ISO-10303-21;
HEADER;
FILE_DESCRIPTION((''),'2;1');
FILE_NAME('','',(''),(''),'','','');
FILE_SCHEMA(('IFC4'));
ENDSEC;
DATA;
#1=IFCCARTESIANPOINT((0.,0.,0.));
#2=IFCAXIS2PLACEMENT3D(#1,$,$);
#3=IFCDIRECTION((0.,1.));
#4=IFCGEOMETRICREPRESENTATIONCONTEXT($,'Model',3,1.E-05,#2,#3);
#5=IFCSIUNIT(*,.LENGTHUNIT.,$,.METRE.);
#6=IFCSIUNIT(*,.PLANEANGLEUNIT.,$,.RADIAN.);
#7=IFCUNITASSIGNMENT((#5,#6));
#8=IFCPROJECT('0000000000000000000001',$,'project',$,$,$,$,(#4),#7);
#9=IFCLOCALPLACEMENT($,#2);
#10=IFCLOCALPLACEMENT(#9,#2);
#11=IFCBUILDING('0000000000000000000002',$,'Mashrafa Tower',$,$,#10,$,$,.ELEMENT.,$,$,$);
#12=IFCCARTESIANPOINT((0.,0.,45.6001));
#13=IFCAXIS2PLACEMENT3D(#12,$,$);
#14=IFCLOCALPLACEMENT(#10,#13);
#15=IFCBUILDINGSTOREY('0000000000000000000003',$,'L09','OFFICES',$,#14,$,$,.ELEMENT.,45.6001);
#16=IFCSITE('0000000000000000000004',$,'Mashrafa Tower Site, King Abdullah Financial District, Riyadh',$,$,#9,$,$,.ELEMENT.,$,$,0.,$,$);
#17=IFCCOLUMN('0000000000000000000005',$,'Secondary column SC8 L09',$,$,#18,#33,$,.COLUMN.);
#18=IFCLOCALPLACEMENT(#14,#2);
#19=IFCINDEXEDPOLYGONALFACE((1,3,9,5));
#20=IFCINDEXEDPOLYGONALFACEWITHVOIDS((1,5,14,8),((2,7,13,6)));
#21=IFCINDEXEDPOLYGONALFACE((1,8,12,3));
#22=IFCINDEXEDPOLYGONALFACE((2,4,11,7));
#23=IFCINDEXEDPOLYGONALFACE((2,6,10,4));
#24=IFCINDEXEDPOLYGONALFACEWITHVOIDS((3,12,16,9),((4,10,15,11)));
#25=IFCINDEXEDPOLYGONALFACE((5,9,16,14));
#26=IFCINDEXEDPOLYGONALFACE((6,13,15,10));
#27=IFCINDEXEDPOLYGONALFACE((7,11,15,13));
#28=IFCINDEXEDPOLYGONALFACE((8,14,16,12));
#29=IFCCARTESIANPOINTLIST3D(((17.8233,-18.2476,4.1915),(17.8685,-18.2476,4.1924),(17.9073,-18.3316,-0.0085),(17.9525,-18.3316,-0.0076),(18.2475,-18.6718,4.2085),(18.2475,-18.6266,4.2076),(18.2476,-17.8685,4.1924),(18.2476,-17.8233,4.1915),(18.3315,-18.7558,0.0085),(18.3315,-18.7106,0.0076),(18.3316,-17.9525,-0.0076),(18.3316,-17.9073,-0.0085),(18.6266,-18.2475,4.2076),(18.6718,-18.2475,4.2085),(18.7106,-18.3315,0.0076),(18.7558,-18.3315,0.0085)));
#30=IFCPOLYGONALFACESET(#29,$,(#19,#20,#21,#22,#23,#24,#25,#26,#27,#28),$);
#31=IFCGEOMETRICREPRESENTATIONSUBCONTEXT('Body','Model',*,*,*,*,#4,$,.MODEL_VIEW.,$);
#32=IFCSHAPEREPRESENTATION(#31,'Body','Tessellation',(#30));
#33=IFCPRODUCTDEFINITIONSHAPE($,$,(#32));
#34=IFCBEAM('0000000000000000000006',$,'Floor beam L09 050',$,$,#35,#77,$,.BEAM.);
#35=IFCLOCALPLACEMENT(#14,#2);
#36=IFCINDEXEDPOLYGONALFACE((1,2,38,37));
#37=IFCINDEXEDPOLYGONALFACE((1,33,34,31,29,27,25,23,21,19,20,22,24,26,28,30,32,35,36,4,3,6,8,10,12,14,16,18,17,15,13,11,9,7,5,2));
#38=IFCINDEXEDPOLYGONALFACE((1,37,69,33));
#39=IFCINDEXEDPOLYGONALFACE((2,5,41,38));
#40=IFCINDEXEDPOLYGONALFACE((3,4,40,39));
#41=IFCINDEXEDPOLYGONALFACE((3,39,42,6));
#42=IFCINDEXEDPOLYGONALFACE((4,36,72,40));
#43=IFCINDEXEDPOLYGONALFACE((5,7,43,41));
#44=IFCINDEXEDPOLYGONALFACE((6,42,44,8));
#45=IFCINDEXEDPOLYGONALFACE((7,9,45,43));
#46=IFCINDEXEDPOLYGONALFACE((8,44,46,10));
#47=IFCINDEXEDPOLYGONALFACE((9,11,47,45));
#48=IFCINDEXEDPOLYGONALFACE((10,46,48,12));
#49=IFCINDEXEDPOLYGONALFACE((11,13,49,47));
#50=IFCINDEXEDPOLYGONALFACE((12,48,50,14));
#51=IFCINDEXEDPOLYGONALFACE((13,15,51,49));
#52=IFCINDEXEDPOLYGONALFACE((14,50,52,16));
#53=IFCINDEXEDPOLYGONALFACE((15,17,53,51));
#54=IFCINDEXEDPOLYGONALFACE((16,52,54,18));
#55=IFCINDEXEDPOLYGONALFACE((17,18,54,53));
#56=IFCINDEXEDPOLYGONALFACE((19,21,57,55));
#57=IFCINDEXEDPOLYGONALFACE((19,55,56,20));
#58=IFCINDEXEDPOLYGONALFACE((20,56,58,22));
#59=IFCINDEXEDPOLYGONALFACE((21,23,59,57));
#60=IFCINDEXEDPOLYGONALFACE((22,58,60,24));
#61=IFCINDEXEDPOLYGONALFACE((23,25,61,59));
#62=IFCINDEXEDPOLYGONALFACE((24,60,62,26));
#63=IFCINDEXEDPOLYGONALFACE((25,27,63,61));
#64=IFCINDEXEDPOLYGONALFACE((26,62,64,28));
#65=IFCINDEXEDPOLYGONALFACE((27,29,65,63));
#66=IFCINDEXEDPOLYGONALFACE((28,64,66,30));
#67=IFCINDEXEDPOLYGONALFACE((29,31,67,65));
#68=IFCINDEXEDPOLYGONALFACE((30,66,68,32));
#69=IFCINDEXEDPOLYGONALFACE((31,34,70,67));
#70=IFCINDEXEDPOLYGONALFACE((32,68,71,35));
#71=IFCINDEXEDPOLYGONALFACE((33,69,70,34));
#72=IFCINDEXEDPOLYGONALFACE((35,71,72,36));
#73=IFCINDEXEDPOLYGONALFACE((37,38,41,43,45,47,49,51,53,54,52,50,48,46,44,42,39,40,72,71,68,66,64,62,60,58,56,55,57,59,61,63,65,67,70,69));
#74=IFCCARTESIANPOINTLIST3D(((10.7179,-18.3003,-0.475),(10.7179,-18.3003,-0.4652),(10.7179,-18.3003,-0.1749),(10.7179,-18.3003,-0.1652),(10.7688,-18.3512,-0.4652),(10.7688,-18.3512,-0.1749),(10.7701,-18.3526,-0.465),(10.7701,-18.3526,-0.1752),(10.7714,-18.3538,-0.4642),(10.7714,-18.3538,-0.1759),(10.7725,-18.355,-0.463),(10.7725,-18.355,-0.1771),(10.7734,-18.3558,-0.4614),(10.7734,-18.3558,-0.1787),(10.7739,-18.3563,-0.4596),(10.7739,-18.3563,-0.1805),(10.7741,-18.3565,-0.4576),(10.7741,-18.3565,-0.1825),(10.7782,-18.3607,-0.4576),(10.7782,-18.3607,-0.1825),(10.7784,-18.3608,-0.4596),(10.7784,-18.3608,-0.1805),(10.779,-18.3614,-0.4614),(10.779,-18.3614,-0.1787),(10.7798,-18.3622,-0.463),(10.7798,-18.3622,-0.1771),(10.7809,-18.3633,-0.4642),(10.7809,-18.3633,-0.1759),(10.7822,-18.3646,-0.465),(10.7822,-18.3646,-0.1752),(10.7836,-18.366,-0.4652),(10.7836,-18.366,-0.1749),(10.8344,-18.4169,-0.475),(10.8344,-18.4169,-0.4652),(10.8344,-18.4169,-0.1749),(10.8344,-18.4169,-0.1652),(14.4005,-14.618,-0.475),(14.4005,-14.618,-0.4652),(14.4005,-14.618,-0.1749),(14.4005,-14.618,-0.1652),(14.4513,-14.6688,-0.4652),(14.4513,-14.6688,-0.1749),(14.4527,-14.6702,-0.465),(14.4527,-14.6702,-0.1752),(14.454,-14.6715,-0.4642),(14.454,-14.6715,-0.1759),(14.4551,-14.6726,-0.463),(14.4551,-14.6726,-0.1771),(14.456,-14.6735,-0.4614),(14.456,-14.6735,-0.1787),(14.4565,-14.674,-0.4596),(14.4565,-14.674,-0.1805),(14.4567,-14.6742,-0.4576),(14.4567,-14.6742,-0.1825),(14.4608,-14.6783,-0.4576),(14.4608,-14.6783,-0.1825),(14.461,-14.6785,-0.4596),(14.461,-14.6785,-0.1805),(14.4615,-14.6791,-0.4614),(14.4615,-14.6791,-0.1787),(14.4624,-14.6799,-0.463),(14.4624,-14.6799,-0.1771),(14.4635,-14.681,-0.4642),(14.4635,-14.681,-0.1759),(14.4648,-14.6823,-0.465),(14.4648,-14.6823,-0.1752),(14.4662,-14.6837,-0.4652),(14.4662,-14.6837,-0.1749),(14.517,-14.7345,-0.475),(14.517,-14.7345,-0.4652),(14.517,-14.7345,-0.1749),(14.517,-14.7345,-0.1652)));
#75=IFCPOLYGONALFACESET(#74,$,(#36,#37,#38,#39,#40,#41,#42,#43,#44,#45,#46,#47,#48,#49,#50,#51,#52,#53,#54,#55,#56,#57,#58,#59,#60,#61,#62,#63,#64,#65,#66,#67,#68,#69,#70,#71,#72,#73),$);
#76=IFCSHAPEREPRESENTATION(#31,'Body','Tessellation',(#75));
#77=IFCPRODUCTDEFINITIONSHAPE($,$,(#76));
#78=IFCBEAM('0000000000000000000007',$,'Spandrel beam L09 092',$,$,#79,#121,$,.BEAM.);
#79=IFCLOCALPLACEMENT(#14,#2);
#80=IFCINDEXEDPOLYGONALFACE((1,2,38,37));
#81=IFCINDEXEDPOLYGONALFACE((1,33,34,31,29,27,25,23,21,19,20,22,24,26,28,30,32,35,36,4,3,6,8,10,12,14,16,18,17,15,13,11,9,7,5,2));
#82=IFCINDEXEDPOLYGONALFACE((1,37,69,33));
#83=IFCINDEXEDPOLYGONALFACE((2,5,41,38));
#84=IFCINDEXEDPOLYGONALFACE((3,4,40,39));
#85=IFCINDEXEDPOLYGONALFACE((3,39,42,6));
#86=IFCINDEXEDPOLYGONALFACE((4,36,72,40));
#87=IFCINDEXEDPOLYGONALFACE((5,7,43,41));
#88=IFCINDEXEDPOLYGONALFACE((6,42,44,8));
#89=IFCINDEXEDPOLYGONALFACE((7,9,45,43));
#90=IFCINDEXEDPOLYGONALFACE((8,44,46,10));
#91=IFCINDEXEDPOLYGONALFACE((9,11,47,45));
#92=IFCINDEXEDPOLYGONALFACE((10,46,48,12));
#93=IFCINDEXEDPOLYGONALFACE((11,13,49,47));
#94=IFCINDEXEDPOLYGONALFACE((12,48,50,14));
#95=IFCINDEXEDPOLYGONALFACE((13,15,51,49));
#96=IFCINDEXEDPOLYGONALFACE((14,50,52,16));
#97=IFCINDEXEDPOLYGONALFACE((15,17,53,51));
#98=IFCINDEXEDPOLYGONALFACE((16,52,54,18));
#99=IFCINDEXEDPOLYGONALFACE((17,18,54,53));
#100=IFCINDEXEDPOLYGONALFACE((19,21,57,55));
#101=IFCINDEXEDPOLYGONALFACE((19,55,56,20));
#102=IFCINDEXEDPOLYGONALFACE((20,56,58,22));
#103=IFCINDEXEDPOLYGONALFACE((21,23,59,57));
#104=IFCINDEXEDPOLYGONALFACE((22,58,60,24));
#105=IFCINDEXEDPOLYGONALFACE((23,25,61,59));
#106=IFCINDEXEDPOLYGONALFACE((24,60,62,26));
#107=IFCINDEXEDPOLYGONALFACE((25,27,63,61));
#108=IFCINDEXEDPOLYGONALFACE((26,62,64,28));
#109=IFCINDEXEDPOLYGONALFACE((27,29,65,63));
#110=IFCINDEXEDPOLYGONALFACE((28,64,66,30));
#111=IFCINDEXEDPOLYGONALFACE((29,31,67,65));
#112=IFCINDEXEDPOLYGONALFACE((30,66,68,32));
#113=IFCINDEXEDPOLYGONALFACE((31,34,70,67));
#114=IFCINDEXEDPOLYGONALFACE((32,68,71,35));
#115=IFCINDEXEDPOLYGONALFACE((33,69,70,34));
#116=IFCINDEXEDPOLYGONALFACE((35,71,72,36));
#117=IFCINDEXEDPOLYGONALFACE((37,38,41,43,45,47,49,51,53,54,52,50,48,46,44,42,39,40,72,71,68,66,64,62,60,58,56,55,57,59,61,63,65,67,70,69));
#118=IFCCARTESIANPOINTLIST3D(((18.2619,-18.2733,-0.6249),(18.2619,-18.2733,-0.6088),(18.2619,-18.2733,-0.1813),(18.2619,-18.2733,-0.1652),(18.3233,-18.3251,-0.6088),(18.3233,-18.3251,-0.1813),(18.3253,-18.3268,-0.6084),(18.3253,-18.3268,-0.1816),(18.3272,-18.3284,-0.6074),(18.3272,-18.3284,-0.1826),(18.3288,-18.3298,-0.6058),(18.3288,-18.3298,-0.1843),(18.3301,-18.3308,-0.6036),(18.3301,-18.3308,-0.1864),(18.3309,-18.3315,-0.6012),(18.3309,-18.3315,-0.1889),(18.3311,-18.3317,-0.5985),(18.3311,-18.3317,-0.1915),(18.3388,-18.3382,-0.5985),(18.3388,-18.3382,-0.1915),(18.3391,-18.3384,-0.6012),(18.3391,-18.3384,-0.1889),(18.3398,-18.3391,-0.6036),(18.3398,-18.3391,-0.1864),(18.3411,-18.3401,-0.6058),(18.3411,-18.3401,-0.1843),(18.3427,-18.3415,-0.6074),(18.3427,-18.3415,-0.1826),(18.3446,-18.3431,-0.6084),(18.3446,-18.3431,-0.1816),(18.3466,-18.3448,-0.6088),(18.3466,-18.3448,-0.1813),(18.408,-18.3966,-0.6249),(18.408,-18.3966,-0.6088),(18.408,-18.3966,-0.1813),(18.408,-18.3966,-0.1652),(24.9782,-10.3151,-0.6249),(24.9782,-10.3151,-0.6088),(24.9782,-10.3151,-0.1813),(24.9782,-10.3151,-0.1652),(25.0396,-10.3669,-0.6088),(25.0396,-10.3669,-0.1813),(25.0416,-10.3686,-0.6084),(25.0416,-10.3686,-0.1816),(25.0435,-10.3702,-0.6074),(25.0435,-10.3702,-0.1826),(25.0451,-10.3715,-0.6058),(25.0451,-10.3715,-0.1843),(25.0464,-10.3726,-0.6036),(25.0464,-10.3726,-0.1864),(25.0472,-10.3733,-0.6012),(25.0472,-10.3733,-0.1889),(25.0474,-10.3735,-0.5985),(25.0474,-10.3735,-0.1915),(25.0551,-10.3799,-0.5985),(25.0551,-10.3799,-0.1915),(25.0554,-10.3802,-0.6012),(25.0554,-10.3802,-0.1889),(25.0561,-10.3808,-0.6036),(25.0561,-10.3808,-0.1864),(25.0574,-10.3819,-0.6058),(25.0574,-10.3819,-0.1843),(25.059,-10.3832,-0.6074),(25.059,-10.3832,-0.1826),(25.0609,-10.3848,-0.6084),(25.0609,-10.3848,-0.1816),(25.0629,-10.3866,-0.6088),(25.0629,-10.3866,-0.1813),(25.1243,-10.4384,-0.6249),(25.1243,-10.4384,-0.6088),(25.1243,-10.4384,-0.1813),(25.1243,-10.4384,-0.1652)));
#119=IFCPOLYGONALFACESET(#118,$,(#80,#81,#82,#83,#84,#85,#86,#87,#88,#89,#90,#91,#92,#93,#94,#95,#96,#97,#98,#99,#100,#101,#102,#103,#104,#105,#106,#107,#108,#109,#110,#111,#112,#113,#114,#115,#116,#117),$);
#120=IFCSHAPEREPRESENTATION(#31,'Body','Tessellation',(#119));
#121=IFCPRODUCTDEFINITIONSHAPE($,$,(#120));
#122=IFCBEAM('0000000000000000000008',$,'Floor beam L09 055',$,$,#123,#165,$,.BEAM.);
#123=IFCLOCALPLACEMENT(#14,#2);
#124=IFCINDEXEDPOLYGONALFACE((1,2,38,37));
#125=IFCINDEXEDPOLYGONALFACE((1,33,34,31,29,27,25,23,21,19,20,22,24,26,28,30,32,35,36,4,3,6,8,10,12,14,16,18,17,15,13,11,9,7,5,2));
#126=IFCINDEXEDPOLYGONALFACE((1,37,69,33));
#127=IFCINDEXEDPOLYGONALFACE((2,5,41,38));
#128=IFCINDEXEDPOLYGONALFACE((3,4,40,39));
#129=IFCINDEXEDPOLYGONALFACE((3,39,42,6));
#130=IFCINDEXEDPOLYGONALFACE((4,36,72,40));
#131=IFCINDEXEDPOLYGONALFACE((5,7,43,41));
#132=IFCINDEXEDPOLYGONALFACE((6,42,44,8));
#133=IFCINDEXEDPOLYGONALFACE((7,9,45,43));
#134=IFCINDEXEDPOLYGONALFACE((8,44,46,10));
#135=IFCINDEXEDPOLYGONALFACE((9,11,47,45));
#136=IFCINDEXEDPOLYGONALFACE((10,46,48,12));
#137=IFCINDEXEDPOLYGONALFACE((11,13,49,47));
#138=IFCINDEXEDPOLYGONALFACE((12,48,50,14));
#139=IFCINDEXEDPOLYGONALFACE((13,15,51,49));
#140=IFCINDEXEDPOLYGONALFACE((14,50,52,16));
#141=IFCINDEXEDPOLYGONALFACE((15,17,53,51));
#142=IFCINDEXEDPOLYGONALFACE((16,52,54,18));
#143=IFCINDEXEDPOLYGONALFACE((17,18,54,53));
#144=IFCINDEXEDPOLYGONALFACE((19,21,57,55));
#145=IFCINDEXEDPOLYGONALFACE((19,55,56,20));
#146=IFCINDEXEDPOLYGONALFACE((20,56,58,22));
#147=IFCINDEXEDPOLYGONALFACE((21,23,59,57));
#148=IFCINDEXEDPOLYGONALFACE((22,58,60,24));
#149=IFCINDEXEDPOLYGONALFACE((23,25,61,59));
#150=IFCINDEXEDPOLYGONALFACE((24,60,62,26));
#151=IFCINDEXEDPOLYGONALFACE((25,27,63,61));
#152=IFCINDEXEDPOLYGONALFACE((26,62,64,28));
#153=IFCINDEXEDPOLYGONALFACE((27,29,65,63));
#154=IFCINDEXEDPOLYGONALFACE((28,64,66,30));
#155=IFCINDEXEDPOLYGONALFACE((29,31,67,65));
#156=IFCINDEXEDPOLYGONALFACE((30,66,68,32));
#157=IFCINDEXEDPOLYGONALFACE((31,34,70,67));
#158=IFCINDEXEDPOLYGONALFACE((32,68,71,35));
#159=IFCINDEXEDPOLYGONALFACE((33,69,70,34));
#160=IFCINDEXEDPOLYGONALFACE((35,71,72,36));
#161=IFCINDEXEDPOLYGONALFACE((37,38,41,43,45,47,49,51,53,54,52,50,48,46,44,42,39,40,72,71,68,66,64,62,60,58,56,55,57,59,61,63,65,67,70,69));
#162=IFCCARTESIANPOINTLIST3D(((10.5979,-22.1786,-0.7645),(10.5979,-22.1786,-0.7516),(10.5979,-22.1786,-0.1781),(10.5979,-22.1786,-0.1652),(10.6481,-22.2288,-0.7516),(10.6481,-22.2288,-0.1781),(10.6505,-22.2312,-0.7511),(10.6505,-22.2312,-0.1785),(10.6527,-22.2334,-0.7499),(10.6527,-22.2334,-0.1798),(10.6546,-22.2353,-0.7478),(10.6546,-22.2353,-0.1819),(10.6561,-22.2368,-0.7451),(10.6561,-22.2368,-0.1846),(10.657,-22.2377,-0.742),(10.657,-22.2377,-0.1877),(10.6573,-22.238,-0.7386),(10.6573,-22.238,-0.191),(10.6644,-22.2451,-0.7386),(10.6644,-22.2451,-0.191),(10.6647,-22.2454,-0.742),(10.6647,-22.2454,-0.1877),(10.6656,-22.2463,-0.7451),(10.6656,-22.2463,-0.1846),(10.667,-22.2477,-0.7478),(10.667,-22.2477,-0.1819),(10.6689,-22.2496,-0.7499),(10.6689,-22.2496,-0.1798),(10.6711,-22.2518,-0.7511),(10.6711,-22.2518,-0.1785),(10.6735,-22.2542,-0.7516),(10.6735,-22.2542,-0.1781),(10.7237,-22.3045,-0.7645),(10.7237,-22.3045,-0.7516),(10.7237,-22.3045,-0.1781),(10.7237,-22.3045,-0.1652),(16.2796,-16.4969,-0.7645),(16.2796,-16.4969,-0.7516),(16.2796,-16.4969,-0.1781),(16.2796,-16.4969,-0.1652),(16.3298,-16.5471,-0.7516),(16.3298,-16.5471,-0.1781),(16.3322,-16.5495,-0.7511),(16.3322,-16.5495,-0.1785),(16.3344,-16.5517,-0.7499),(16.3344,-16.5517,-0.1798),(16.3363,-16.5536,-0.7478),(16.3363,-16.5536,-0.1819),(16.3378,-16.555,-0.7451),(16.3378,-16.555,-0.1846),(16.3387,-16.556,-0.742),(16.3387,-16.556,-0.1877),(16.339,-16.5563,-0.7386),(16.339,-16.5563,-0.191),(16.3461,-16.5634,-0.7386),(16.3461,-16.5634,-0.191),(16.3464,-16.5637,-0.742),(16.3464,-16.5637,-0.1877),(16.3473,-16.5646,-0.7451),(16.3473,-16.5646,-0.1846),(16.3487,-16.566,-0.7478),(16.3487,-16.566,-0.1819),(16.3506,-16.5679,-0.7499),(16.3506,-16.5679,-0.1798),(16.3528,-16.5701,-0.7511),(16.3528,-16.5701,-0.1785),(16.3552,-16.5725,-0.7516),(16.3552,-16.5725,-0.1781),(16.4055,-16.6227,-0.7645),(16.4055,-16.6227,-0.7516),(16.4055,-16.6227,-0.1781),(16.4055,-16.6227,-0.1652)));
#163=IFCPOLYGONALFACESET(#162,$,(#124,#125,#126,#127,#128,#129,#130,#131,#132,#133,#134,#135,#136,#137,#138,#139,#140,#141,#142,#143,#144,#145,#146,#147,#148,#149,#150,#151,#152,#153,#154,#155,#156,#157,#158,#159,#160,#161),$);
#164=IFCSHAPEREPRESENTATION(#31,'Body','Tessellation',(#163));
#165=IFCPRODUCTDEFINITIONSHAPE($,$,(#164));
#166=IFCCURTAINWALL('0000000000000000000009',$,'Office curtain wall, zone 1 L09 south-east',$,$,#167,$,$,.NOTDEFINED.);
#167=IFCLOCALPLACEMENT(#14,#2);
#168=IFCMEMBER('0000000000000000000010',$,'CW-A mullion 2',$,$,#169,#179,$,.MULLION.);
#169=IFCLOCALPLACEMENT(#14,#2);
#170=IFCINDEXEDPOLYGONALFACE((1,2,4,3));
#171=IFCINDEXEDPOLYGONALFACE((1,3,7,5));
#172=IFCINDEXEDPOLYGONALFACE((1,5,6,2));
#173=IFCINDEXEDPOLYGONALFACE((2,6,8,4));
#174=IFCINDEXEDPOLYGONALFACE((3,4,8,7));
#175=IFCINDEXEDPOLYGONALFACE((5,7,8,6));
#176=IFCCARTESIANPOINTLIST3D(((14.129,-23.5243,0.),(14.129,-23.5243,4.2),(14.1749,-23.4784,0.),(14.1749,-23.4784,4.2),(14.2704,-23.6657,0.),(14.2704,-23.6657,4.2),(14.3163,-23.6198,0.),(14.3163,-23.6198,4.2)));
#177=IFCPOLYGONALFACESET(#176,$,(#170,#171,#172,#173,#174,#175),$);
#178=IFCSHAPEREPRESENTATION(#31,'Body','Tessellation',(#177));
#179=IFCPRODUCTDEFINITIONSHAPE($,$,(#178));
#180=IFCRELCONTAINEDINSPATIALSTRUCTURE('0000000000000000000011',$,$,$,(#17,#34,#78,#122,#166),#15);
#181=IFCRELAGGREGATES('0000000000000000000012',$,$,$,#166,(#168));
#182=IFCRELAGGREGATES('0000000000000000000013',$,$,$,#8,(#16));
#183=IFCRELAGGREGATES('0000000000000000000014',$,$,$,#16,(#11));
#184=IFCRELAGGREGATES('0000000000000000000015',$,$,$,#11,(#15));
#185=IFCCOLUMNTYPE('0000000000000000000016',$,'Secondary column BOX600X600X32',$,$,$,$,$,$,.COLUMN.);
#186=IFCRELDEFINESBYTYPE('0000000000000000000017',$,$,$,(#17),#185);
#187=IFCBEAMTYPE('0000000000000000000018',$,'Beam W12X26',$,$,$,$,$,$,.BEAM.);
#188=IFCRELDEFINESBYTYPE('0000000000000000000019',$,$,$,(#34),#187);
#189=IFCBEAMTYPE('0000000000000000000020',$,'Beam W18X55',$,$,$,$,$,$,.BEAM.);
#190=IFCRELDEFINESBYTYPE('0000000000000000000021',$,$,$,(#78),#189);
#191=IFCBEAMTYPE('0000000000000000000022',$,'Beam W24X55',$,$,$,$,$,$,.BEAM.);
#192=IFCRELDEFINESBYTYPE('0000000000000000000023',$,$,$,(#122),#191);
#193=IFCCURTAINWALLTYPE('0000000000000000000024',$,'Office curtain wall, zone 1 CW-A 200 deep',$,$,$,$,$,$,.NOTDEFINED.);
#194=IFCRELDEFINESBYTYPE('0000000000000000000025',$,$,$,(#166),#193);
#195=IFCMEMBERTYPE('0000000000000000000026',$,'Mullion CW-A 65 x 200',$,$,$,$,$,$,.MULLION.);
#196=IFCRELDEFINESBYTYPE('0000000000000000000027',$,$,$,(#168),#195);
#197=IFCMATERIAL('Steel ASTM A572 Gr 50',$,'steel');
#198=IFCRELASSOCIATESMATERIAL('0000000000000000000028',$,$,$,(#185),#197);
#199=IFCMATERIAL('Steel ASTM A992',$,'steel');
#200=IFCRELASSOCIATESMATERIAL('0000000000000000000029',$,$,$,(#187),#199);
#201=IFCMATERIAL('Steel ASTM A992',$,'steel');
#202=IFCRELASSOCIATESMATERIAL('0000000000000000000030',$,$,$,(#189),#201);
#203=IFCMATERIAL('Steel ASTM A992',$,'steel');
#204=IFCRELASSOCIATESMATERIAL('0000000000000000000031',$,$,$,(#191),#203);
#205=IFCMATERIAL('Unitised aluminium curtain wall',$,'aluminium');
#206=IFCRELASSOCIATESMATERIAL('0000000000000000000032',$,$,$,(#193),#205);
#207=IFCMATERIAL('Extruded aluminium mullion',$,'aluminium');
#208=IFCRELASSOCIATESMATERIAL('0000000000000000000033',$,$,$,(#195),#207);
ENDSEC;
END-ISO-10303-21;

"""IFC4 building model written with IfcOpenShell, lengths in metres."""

from ifc_helpers import new_model, si_unit, direction, frame, origin, origin_2d, place, context, subcontext, project, spatial, rectangle, hollow_rectangle, i_section, extrude, source, transform, mapped, material, material_profile, profile_set, type_object, type_shapes, element, aggregate, save


model = new_model("IFC4")

# Units and contexts
model_context = context("Model", 3, precision=1e-05, world=origin(), true_north=direction((0.0, 1.0)))
body_context = subcontext(model_context, "Body", "Model", "MODEL_VIEW")
ifc_project = project(units=[si_unit("LENGTHUNIT", "METRE"), si_unit("PLANEANGLEUNIT", "RADIAN")], contexts=[model_context])

# Site, building, storey
site_placement = place(None, origin())
site = spatial("IfcSite", under=ifc_project, at=site_placement, Name="Mashrafa Tower Site, King Abdullah Financial District, Riyadh", CompositionType="ELEMENT", RefElevation=0.0)
building_placement = place(site_placement, origin())
building = spatial("IfcBuilding", under=site, at=building_placement, Name="Mashrafa Tower", CompositionType="ELEMENT")
storey_placement = place(building_placement, frame((0.0, 0.0, 45.6001)))
storey = spatial("IfcBuildingStorey", under=building, at=storey_placement, Name="L09", Description="OFFICES", CompositionType="ELEMENT", Elevation=45.6001)

# Column
ifc_material_1 = material(Name="Steel ASTM A572 Gr 50", Category="steel")
ifc_material_profile_1 = material_profile(ifc_material_1, hollow_rectangle(XDim=0.6001, YDim=0.6001, WallThickness=0.032, at=origin_2d()), Name="BOX600X600X32")
ifc_profile_set_1 = profile_set([ifc_material_profile_1], Name="Steel ASTM A572 Gr 50")
column_type = type_object("IfcColumnType", Name="Secondary column BOX600X600X32", PredefinedType="COLUMN", material=ifc_profile_set_1)
column_placement = place(storey_placement, frame((18.3315, -18.3315, 0.0), z_axis=(-0.019989, 0.019989, 0.9996), x_axis=(-0.707107, -0.707107, 0.0)))
element("IfcColumn", 1, at=column_placement, inside=storey, type_object=column_type, Name="Secondary column SC8 L09", PredefinedType="COLUMN", context=body_context, shape_type="SweptSolid", body=[
    extrude(hollow_rectangle(XDim=0.6001, YDim=0.6001, WallThickness=0.032, at=origin_2d()), origin(), (0.0, 0.0, 1.0), 4.2017),
])

# Beams
ifc_material_2 = material(Name="Steel ASTM A992", Category="steel")
ifc_material_profile_2 = material_profile(ifc_material_2, i_section(OverallWidth=0.1648, OverallDepth=0.3098, WebThickness=0.0059, FlangeThickness=0.0098, FilletRadius=0.0076, at=origin_2d()), Name="W12X26")
ifc_profile_set_2 = profile_set([ifc_material_profile_2], Name="Steel ASTM A992")
beam_type_1 = type_object("IfcBeamType", Name="Beam W12X26", PredefinedType="BEAM", material=ifc_profile_set_2)
beam_1_placement = place(storey_placement, frame((14.4587, -14.6763, -0.3201), z_axis=(-0.70713, -0.707083, 0.0), x_axis=(0.707083, -0.70713, 0.0)))
element("IfcBeam", 2, at=beam_1_placement, inside=storey, type_object=beam_type_1, Name="Floor beam L09 050", PredefinedType="BEAM", context=body_context, shape_type="SweptSolid", body=[
    extrude(i_section(OverallWidth=0.1648, OverallDepth=0.3098, WebThickness=0.0059, FlangeThickness=0.0098, FilletRadius=0.0076, at=origin_2d()), origin(), (0.0, 0.0, 1.0), 5.2078),
])
ifc_material_3 = material(Name="Steel ASTM A992", Category="steel")
ifc_material_profile_3 = material_profile(ifc_material_3, i_section(OverallWidth=0.1912, OverallDepth=0.4597, WebThickness=0.01, FlangeThickness=0.0161, FilletRadius=0.0103, at=origin_2d()), Name="W18X55")
ifc_profile_set_3 = profile_set([ifc_material_profile_3], Name="Steel ASTM A992")
beam_type_2 = type_object("IfcBeamType", Name="Beam W18X55", PredefinedType="BEAM", material=ifc_profile_set_3)
beam_2_placement = place(storey_placement, frame((18.335, -18.335, -0.395), z_axis=(0.644957, 0.764219, 0.0), x_axis=(-0.764219, 0.644957, 0.0)))
element("IfcBeam", 3, at=beam_2_placement, inside=storey, type_object=beam_type_2, Name="Spandrel beam L09 092", PredefinedType="BEAM", context=body_context, shape_type="SweptSolid", body=[
    extrude(i_section(OverallWidth=0.1912, OverallDepth=0.4597, WebThickness=0.01, FlangeThickness=0.0161, FilletRadius=0.0103, at=origin_2d()), origin(), (0.0, 0.0, 1.0), 10.4136),
])
ifc_material_4 = material(Name="Steel ASTM A992", Category="steel")
ifc_material_profile_4 = material_profile(ifc_material_4, i_section(OverallWidth=0.178, OverallDepth=0.5994, WebThickness=0.01, FlangeThickness=0.0129, FilletRadius=0.0129, at=origin_2d()), Name="W24X55")
ifc_profile_set_4 = profile_set([ifc_material_profile_4], Name="Steel ASTM A992")
beam_type_3 = type_object("IfcBeamType", Name="Beam W24X55", PredefinedType="BEAM", material=ifc_profile_set_4)
beam_3_placement = place(storey_placement, frame((16.3425, -16.5598, -0.4648), z_axis=(-0.707107, -0.707107, 0.0), x_axis=(0.707107, -0.707107, 0.0)))
element("IfcBeam", 4, at=beam_3_placement, inside=storey, type_object=beam_type_3, Name="Floor beam L09 055", PredefinedType="BEAM", context=body_context, shape_type="SweptSolid", body=[
    extrude(i_section(OverallWidth=0.178, OverallDepth=0.5994, WebThickness=0.01, FlangeThickness=0.0129, FilletRadius=0.0129, at=origin_2d()), origin(), (0.0, 0.0, 1.0), 8.0352),
])

# Curtain wall, member
ifc_material_5 = material(Name="Unitised aluminium curtain wall", Category="aluminium")
curtain_wall_type = type_object("IfcCurtainWallType", Name="Office curtain wall, zone 1 CW-A 200 deep", PredefinedType="NOTDEFINED", material=ifc_material_5)
curtain_wall_placement = place(storey_placement, origin())
curtain_wall = element("IfcCurtainWall", 5, at=curtain_wall_placement, inside=storey, type_object=curtain_wall_type, Name="Office curtain wall, zone 1 L09 south-east", PredefinedType="NOTDEFINED")
ifc_material_6 = material(Name="Extruded aluminium mullion", Category="aluminium")
ifc_material_profile_5 = material_profile(ifc_material_6, rectangle(XDim=0.2, YDim=0.0649, at=origin_2d()), Name="Mullion 65x200")
ifc_profile_set_5 = profile_set([ifc_material_profile_5], Name="Extruded aluminium mullion")
member_type_1 = type_object("IfcMemberType", Name="Mullion CW-A 65 x 200", PredefinedType="MULLION", material=ifc_profile_set_5)
shared_shape_1 = source(origin(), body_context, "Body", "SweptSolid", [
    extrude(rectangle(XDim=0.2, YDim=0.0649, at=origin_2d()), origin(), (0.0, 0.0, 1.0), 4.2),
])
type_shapes(member_type_1, [shared_shape_1])
member_1_placement = place(storey_placement, frame((14.2227, -23.572, 0.0), z_axis=(0.0, 0.0, 1.0), x_axis=(-0.707107, 0.707107, 0.0)))
member_1 = element("IfcMember", 6, at=member_1_placement, type_object=member_type_1, Name="CW-A mullion 2", PredefinedType="MULLION", context=body_context, shape_type="MappedRepresentation", body=[
    mapped(shared_shape_1, transform((0.0, 0.0, 0.0))),
])
aggregate(curtain_wall, [member_1])

save(model, "model.ifc")
